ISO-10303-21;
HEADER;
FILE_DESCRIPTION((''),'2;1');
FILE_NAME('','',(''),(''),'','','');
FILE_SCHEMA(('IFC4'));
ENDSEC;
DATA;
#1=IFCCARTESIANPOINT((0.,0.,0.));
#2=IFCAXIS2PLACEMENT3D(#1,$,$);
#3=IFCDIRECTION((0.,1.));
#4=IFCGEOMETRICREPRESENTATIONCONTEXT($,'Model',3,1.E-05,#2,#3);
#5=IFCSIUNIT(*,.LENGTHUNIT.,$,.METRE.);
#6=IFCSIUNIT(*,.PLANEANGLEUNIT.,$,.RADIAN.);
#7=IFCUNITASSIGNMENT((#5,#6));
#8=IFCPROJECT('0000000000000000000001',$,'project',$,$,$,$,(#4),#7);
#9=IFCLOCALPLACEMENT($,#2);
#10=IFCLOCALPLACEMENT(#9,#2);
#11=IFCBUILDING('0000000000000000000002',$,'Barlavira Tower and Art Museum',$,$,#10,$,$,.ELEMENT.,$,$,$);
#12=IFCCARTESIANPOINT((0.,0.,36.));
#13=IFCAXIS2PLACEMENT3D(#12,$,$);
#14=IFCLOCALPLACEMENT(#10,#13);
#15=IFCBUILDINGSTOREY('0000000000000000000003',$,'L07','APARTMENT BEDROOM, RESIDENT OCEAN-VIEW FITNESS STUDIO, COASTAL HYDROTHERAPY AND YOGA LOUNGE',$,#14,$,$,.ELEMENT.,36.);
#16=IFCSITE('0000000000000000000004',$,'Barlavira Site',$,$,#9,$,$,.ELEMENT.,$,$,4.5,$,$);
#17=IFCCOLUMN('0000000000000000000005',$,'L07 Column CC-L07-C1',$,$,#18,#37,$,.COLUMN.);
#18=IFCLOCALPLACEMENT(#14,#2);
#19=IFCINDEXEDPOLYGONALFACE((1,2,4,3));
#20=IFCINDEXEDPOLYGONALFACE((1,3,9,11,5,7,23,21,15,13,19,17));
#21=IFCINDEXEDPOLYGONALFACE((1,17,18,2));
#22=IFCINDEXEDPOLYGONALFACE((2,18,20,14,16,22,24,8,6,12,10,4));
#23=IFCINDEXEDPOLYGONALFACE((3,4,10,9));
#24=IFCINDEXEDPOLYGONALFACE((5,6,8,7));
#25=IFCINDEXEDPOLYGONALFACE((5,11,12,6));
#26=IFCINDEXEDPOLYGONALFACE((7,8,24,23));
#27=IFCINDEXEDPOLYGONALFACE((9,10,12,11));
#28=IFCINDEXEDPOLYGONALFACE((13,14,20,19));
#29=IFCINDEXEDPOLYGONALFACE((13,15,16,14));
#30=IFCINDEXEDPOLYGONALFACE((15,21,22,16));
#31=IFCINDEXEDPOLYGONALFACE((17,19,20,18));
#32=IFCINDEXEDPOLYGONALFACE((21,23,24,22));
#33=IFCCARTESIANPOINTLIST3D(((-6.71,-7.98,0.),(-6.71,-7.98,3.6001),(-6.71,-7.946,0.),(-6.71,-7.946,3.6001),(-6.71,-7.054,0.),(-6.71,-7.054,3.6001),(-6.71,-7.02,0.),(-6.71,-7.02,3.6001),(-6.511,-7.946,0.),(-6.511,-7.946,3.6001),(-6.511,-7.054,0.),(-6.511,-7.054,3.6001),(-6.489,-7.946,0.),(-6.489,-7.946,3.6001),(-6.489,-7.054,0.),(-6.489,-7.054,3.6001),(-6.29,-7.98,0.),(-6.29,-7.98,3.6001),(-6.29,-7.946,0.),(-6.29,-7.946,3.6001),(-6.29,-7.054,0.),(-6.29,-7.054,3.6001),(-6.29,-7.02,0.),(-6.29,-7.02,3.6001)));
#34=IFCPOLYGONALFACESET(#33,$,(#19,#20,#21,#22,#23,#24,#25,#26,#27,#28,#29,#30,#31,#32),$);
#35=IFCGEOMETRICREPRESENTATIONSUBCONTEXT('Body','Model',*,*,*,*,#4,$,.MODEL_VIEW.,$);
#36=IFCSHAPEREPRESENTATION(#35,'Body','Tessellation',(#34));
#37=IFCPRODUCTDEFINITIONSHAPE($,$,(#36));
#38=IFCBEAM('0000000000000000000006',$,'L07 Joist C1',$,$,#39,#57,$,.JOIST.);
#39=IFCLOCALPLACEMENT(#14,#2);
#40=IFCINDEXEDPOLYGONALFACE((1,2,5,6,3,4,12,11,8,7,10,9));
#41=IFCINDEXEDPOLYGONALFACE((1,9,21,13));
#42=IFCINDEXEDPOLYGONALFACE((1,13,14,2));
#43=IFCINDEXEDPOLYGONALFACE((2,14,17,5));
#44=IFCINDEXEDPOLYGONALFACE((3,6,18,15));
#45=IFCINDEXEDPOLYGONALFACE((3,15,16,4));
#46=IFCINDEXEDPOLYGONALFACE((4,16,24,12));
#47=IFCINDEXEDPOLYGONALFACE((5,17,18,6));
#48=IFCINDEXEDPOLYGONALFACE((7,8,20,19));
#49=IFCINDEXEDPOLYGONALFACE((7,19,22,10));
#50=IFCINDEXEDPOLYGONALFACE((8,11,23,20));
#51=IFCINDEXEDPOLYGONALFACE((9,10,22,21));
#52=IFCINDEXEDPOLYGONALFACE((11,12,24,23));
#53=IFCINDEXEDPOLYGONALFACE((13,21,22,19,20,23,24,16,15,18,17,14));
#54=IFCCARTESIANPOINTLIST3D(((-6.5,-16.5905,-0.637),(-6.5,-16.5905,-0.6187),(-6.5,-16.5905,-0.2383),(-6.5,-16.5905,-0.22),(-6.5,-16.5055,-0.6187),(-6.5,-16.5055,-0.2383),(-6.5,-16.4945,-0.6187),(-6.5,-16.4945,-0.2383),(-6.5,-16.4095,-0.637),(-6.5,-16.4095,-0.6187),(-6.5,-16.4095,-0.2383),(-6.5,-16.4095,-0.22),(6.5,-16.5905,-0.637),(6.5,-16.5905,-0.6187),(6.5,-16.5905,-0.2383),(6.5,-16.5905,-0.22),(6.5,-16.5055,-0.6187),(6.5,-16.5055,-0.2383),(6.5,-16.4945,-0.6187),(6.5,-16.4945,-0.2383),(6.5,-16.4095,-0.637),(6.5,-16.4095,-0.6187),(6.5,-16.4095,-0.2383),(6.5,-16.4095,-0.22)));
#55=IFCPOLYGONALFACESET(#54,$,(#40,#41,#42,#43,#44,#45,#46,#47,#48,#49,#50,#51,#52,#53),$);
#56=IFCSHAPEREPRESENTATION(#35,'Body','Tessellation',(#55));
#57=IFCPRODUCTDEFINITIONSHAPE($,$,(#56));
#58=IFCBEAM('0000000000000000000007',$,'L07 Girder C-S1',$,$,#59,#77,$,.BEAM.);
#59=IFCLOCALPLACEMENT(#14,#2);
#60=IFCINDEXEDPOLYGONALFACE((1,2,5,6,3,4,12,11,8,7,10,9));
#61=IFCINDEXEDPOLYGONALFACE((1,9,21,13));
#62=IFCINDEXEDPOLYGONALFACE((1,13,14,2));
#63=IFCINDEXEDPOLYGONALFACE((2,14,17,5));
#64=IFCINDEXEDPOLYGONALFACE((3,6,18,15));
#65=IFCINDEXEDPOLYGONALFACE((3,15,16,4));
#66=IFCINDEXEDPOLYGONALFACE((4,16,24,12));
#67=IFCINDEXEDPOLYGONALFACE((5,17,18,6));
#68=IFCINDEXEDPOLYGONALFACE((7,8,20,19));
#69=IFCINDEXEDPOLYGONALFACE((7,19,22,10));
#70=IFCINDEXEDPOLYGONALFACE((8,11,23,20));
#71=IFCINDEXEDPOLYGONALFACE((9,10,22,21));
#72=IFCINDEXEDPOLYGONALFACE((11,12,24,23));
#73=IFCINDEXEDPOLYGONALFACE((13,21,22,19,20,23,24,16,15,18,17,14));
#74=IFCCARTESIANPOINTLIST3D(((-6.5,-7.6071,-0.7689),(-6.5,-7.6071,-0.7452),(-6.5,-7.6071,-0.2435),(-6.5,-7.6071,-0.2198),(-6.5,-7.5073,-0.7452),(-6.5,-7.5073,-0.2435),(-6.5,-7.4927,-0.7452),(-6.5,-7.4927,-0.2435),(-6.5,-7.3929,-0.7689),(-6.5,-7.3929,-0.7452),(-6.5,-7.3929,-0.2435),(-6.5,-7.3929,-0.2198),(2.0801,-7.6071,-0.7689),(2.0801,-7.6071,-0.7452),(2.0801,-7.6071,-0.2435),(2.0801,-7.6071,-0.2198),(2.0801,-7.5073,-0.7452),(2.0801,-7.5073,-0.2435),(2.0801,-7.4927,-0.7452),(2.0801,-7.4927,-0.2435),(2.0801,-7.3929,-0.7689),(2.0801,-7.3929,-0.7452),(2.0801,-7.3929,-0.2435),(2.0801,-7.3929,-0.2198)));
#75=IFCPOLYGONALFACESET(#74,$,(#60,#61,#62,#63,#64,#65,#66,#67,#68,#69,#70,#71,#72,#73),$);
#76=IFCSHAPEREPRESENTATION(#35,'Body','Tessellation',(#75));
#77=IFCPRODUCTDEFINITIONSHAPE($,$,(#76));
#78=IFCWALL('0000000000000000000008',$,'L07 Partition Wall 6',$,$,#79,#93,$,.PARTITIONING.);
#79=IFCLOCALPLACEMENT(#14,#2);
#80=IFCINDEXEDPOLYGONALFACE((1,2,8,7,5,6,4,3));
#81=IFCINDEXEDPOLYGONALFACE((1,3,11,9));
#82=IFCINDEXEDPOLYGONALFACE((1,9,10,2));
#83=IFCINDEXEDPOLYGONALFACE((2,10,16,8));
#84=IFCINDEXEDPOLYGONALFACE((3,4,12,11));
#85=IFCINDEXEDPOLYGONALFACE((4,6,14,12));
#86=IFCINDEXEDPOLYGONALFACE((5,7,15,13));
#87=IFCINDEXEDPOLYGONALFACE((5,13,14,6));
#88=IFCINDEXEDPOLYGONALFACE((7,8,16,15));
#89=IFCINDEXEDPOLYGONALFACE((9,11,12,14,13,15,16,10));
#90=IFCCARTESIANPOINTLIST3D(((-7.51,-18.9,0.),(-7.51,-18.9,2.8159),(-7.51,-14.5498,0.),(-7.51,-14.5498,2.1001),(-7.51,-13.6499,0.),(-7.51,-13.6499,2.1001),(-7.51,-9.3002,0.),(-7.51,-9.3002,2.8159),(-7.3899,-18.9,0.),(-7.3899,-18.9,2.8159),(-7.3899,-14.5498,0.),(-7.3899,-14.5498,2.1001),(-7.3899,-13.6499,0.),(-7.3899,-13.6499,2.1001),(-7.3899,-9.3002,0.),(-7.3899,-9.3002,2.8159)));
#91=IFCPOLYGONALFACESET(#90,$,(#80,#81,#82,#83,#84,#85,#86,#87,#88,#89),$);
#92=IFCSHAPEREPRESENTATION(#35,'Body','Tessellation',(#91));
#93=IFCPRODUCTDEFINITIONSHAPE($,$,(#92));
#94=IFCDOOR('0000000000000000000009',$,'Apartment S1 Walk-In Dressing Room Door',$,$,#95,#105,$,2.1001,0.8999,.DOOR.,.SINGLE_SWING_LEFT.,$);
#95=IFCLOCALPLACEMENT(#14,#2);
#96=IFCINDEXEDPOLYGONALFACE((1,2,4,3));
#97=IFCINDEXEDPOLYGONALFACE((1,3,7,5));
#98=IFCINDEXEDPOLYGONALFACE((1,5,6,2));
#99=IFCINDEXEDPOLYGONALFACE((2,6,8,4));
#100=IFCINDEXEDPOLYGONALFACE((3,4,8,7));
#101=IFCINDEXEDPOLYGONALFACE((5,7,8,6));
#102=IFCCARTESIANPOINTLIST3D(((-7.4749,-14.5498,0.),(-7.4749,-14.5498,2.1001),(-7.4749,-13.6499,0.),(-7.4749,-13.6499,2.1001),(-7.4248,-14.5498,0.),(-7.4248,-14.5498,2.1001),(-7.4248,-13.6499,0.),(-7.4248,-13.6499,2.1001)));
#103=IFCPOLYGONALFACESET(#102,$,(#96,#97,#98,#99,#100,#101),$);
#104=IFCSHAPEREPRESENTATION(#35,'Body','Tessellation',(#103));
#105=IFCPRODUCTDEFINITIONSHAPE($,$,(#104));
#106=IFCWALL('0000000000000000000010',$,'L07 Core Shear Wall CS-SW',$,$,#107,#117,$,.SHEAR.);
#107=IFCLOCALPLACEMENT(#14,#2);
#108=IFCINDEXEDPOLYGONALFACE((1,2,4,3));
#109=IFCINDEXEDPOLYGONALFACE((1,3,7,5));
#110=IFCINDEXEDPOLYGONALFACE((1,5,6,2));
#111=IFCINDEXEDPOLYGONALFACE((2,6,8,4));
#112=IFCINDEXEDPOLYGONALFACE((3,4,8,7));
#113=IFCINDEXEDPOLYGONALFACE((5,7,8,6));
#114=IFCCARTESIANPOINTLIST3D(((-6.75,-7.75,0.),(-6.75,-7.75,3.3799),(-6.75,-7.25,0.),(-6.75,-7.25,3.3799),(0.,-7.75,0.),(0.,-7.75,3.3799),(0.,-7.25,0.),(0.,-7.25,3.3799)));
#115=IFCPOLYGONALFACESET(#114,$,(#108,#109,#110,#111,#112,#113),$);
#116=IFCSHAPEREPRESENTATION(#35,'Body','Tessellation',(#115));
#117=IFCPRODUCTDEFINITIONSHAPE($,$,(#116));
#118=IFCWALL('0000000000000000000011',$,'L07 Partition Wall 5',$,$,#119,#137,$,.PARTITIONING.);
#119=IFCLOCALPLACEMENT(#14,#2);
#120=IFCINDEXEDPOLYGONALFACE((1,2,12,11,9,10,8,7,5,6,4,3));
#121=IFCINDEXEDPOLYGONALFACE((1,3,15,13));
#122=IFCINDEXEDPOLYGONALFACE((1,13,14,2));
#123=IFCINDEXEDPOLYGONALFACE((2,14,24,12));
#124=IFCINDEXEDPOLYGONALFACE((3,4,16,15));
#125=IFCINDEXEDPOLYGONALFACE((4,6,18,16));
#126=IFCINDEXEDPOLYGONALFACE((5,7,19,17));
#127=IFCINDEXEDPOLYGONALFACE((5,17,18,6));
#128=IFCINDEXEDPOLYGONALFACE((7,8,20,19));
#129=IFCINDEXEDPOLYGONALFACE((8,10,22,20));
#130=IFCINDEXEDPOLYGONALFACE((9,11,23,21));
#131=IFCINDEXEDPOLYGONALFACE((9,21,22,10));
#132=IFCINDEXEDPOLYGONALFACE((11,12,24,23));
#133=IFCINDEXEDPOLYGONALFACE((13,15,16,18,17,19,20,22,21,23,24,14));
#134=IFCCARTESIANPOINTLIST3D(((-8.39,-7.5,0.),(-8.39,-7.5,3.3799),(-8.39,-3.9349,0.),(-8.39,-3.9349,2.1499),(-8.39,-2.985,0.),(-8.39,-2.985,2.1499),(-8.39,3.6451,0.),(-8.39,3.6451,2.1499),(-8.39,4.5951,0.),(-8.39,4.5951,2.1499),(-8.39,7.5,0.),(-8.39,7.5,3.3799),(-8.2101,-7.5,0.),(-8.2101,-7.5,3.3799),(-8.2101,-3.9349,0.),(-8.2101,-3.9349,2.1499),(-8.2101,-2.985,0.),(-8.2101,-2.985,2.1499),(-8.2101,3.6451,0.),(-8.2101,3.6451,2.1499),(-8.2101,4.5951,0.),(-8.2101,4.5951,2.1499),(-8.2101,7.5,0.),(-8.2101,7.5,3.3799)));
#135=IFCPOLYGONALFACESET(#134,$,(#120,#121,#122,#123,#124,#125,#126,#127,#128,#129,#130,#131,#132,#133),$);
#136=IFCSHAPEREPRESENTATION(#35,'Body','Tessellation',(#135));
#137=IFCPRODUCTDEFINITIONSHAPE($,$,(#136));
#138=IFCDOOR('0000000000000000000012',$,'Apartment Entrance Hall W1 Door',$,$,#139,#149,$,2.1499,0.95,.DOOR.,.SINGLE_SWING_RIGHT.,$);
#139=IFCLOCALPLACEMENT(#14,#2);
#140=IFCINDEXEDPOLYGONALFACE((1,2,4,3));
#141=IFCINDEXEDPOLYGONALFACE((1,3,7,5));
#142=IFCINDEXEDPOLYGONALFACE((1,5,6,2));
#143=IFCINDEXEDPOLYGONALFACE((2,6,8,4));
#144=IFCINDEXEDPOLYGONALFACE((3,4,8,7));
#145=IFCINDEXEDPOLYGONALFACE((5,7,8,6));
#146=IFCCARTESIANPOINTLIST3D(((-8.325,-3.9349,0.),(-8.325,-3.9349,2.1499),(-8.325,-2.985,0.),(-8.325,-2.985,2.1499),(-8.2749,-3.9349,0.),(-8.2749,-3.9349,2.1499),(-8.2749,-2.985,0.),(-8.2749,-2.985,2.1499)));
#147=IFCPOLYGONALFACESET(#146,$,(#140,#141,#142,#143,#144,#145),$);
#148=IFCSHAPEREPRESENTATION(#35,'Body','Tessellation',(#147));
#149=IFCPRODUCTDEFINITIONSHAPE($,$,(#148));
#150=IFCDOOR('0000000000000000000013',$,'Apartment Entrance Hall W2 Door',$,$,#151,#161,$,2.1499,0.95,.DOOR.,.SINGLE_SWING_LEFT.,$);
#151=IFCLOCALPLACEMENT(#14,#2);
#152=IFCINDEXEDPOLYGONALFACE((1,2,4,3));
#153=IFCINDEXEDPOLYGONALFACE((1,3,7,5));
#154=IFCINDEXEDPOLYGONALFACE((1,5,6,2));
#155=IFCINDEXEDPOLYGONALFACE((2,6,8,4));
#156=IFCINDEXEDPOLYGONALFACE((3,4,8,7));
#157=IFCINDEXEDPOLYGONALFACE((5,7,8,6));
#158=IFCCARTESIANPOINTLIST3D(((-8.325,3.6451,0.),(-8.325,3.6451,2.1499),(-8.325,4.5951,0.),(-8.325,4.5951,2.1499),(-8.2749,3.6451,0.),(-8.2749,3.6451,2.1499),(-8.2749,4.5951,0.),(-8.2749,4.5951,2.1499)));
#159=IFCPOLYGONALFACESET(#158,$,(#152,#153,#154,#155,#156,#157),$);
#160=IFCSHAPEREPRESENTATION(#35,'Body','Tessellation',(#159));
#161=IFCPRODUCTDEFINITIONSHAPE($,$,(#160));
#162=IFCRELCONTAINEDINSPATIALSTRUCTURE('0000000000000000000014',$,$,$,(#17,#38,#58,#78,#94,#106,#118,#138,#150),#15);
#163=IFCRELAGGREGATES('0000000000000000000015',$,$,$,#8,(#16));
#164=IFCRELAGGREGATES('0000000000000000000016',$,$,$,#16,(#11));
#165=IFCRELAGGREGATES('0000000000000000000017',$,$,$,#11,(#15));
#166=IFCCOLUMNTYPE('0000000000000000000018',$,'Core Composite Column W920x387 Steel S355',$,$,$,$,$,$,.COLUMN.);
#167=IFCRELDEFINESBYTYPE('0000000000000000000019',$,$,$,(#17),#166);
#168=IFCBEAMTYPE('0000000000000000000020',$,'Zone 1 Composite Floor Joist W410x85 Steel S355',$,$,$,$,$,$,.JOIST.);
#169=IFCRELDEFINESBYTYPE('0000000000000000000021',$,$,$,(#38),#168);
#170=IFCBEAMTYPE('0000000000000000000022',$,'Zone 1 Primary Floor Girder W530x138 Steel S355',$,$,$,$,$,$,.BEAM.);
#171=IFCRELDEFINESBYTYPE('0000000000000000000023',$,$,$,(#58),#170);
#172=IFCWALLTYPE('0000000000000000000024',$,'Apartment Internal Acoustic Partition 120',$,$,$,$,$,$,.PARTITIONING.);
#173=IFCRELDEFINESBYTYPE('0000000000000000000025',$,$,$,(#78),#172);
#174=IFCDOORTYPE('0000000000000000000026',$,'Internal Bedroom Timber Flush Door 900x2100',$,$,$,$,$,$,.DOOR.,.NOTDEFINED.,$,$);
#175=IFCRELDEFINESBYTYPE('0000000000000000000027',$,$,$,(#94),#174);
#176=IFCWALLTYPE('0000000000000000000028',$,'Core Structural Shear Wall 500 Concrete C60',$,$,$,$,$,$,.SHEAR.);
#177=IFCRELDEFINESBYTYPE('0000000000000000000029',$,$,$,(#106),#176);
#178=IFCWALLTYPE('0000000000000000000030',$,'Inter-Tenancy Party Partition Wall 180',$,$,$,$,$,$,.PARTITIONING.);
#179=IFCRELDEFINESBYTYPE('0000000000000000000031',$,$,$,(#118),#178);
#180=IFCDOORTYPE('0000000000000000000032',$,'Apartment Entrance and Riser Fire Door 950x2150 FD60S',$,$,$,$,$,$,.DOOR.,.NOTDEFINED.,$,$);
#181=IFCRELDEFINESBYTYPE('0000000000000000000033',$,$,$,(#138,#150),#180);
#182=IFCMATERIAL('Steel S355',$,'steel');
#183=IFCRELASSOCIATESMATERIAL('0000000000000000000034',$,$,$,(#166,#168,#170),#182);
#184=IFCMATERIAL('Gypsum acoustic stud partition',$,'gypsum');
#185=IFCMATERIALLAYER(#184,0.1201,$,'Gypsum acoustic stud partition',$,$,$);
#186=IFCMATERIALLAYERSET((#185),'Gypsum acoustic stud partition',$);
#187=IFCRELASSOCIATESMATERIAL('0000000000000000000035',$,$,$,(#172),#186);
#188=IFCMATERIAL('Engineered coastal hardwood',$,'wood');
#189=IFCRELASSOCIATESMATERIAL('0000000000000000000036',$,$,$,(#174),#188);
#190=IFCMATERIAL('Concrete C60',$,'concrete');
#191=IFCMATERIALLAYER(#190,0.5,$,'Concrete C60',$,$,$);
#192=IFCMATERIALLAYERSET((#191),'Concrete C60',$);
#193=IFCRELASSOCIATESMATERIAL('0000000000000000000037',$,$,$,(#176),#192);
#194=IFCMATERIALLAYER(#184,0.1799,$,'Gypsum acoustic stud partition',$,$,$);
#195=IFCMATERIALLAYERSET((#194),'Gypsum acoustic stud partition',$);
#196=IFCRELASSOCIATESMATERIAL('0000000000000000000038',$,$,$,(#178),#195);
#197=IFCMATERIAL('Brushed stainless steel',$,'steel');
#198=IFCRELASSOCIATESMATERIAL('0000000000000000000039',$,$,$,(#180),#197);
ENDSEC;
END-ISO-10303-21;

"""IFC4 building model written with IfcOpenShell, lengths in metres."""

from ifc_helpers import new_model, si_unit, direction, frame, frame_2d, origin, origin_2d, place, context, subcontext, project, spatial, rectangle, i_section, extrude, material, layer, layer_set, material_profile, profile_set, type_object, element, fill, save


model = new_model("IFC4")

# Units and contexts
model_context = context("Model", 3, precision=1e-05, world=origin(), true_north=direction((0.0, 1.0)))
body_context = subcontext(model_context, "Body", "Model", "MODEL_VIEW")
ifc_project = project(units=[si_unit("LENGTHUNIT", "METRE"), si_unit("PLANEANGLEUNIT", "RADIAN")], contexts=[model_context])

# Site, building, storey
site_placement = place(None, origin())
site = spatial("IfcSite", under=ifc_project, at=site_placement, Name="Barlavira Site", CompositionType="ELEMENT", RefElevation=4.5)
building_placement = place(site_placement, origin())
building = spatial("IfcBuilding", under=site, at=building_placement, Name="Barlavira Tower and Art Museum", CompositionType="ELEMENT")
storey_placement = place(building_placement, frame((0.0, 0.0, 36.0)))
storey = spatial("IfcBuildingStorey", under=building, at=storey_placement, Name="L07", Description="APARTMENT BEDROOM, RESIDENT OCEAN-VIEW FITNESS STUDIO, COASTAL HYDROTHERAPY AND YOGA LOUNGE", CompositionType="ELEMENT", Elevation=36.0)

# Column
ifc_material_1 = material(Name="Steel S355", Category="steel")
ifc_material_profile_1 = material_profile(ifc_material_1, i_section(OverallWidth=0.4199, OverallDepth=0.96, WebThickness=0.022, FlangeThickness=0.0339, at=origin_2d()), Name="W920x387.0")
ifc_profile_set_1 = profile_set([ifc_material_profile_1], Name="Steel S355")
column_type = type_object("IfcColumnType", Name="Core Composite Column W920x387 Steel S355", PredefinedType="COLUMN", material=ifc_profile_set_1)
column_placement = place(storey_placement, frame((-6.5, -7.5, 0.0), z_axis=(0.0, 0.0, 1.0), x_axis=(1.0, 0.0, 0.0)))
element("IfcColumn", 1, at=column_placement, inside=storey, type_object=column_type, Name="L07 Column CC-L07-C1", PredefinedType="COLUMN", context=body_context, shape_type="SweptSolid", body=[
    extrude(i_section(OverallWidth=0.4199, OverallDepth=0.96, WebThickness=0.022, FlangeThickness=0.0339, at=origin_2d()), origin(), (0.0, 0.0, 1.0), 3.6001),
])

# Beams
ifc_material_profile_2 = material_profile(ifc_material_1, i_section(OverallWidth=0.1809, OverallDepth=0.417, WebThickness=0.011, FlangeThickness=0.0183, at=origin_2d()), Name="W410x85.0")
ifc_profile_set_2 = profile_set([ifc_material_profile_2], Name="Steel S355")
beam_type_1 = type_object("IfcBeamType", Name="Zone 1 Composite Floor Joist W410x85 Steel S355", PredefinedType="JOIST", material=ifc_profile_set_2)
beam_1_placement = place(storey_placement, frame((-6.5, -16.5, -0.4285), z_axis=(1.0, 0.0, 0.0), x_axis=(0.0, 1.0, 0.0)))
element("IfcBeam", 2, at=beam_1_placement, inside=storey, type_object=beam_type_1, Name="L07 Joist C1", PredefinedType="JOIST", context=body_context, shape_type="SweptSolid", body=[
    extrude(i_section(OverallWidth=0.1809, OverallDepth=0.417, WebThickness=0.011, FlangeThickness=0.0183, at=origin_2d()), origin(), (0.0, 0.0, 1.0), 13.0),
])
ifc_material_profile_3 = material_profile(ifc_material_1, i_section(OverallWidth=0.2141, OverallDepth=0.5491, WebThickness=0.0146, FlangeThickness=0.0237, at=origin_2d()), Name="W530x138.0")
ifc_profile_set_3 = profile_set([ifc_material_profile_3], Name="Steel S355")
beam_type_2 = type_object("IfcBeamType", Name="Zone 1 Primary Floor Girder W530x138 Steel S355", PredefinedType="BEAM", material=ifc_profile_set_3)
beam_2_placement = place(storey_placement, frame((-6.5, -7.5, -0.4944), z_axis=(1.0, 0.0, 0.0), x_axis=(0.0, 1.0, 0.0)))
element("IfcBeam", 3, at=beam_2_placement, inside=storey, type_object=beam_type_2, Name="L07 Girder C-S1", PredefinedType="BEAM", context=body_context, shape_type="SweptSolid", body=[
    extrude(i_section(OverallWidth=0.2141, OverallDepth=0.5491, WebThickness=0.0146, FlangeThickness=0.0237, at=origin_2d()), origin(), (0.0, 0.0, 1.0), 8.5801),
])

# Wall, opening, door
ifc_material_2 = material(Name="Gypsum acoustic stud partition", Category="gypsum")
ifc_layer_1 = layer(ifc_material_2, 0.1201, Name="Gypsum acoustic stud partition")
ifc_layer_set_1 = layer_set([ifc_layer_1], Name="Gypsum acoustic stud partition")
wall_type_1 = type_object("IfcWallType", Name="Apartment Internal Acoustic Partition 120", PredefinedType="PARTITIONING", material=ifc_layer_set_1)
wall_1_placement = place(storey_placement, frame((-7.45, -18.8999, 0.0), z_axis=(0.0, 0.0, 1.0), x_axis=(0.0, 1.0, 0.0)))
wall_1 = element("IfcWall", 4, at=wall_1_placement, inside=storey, type_object=wall_type_1, Name="L07 Partition Wall 6", PredefinedType="PARTITIONING", context=body_context, shape_type="SweptSolid", body=[
    extrude(rectangle(XDim=9.5999, YDim=0.1201, at=frame_2d((4.7998, 0.0))), origin(), (0.0, 0.0, 1.0), 2.8159),
])
opening_1_placement = place(wall_1_placement, frame((4.3501, 0.0, 0.0)))
opening_1 = element("IfcOpeningElement", 5, at=opening_1_placement, cuts=wall_1, PredefinedType="OPENING", context=body_context, shape_type="SweptSolid", body=[
    extrude(rectangle(XDim=0.8999, YDim=2.1001, at=frame_2d((0.45, 1.05))), frame((0.0, 0.0701, 0.0), z_axis=(0.0, -1.0, 0.0), x_axis=(1.0, 0.0, 0.0)), (0.0, 0.0, 1.0), 0.1401),
])
ifc_material_3 = material(Name="Engineered coastal hardwood", Category="wood")
door_type_1 = type_object("IfcDoorType", Name="Internal Bedroom Timber Flush Door 900x2100", OperationType="NOTDEFINED", PredefinedType="DOOR", material=ifc_material_3)
door_1_placement = place(opening_1_placement, origin())
door_1 = element("IfcDoor", 6, at=door_1_placement, inside=storey, type_object=door_type_1, Name="Apartment S1 Walk-In Dressing Room Door", OperationType="SINGLE_SWING_LEFT", OverallHeight=2.1001, OverallWidth=0.8999, PredefinedType="DOOR", context=body_context, shape_type="SweptSolid", body=[
    extrude(rectangle(XDim=0.8999, YDim=2.1001, at=frame_2d((0.45, 1.05))), frame((0.0, 0.0249, 0.0), z_axis=(0.0, -1.0, 0.0), x_axis=(1.0, 0.0, 0.0)), (0.0, 0.0, 1.0), 0.05),
])
fill(opening_1, door_1)

# Wall
ifc_material_4 = material(Name="Concrete C60", Category="concrete")
ifc_layer_2 = layer(ifc_material_4, 0.5, Name="Concrete C60")
ifc_layer_set_2 = layer_set([ifc_layer_2], Name="Concrete C60")
wall_type_2 = type_object("IfcWallType", Name="Core Structural Shear Wall 500 Concrete C60", PredefinedType="SHEAR", material=ifc_layer_set_2)
wall_2_placement = place(storey_placement, frame((-6.75, -7.5, 0.0), z_axis=(0.0, 0.0, 1.0), x_axis=(1.0, 0.0, 0.0)))
element("IfcWall", 7, at=wall_2_placement, inside=storey, type_object=wall_type_2, Name="L07 Core Shear Wall CS-SW", PredefinedType="SHEAR", context=body_context, shape_type="SweptSolid", body=[
    extrude(rectangle(XDim=6.75, YDim=0.5, at=frame_2d((3.375, 0.0))), origin(), (0.0, 0.0, 1.0), 3.3799),
])

# Wall, openings, doors
ifc_layer_3 = layer(ifc_material_2, 0.1799, Name="Gypsum acoustic stud partition")
ifc_layer_set_3 = layer_set([ifc_layer_3], Name="Gypsum acoustic stud partition")
wall_type_3 = type_object("IfcWallType", Name="Inter-Tenancy Party Partition Wall 180", PredefinedType="PARTITIONING", material=ifc_layer_set_3)
wall_3_placement = place(storey_placement, frame((-8.3, -7.5, 0.0), z_axis=(0.0, 0.0, 1.0), x_axis=(0.0, 1.0, 0.0)))
wall_3 = element("IfcWall", 8, at=wall_3_placement, inside=storey, type_object=wall_type_3, Name="L07 Partition Wall 5", PredefinedType="PARTITIONING", context=body_context, shape_type="SweptSolid", body=[
    extrude(rectangle(XDim=15.0, YDim=0.1799, at=frame_2d((7.5, 0.0))), origin(), (0.0, 0.0, 1.0), 3.3799),
])
opening_2_placement = place(wall_3_placement, frame((3.5649, 0.0, 0.0)))
opening_2 = element("IfcOpeningElement", 9, at=opening_2_placement, cuts=wall_3, PredefinedType="OPENING", context=body_context, shape_type="SweptSolid", body=[
    extrude(rectangle(XDim=0.95, YDim=2.1499, at=frame_2d((0.4751, 1.075))), frame((0.0, 0.1001, 0.0), z_axis=(0.0, -1.0, 0.0), x_axis=(1.0, 0.0, 0.0)), (0.0, 0.0, 1.0), 0.2),
])
opening_3_placement = place(wall_3_placement, frame((11.145, 0.0, 0.0)))
opening_3 = element("IfcOpeningElement", 10, at=opening_3_placement, cuts=wall_3, PredefinedType="OPENING", context=body_context, shape_type="SweptSolid", body=[
    extrude(rectangle(XDim=0.95, YDim=2.1499, at=frame_2d((0.4751, 1.075))), frame((0.0, 0.1001, 0.0), z_axis=(0.0, -1.0, 0.0), x_axis=(1.0, 0.0, 0.0)), (0.0, 0.0, 1.0), 0.2),
])
ifc_material_5 = material(Name="Brushed stainless steel", Category="steel")
door_type_2 = type_object("IfcDoorType", Name="Apartment Entrance and Riser Fire Door 950x2150 FD60S", OperationType="NOTDEFINED", PredefinedType="DOOR", material=ifc_material_5)
door_2_placement = place(opening_2_placement, origin())
door_2 = element("IfcDoor", 11, at=door_2_placement, inside=storey, type_object=door_type_2, Name="Apartment Entrance Hall W1 Door", OperationType="SINGLE_SWING_RIGHT", OverallHeight=2.1499, OverallWidth=0.95, PredefinedType="DOOR", context=body_context, shape_type="SweptSolid", body=[
    extrude(rectangle(XDim=0.95, YDim=2.1499, at=frame_2d((0.4751, 1.075))), frame((0.0, 0.0249, 0.0), z_axis=(0.0, -1.0, 0.0), x_axis=(1.0, 0.0, 0.0)), (0.0, 0.0, 1.0), 0.05),
])
fill(opening_2, door_2)
door_3_placement = place(opening_3_placement, origin())
door_3 = element("IfcDoor", 12, at=door_3_placement, inside=storey, type_object=door_type_2, Name="Apartment Entrance Hall W2 Door", OperationType="SINGLE_SWING_LEFT", OverallHeight=2.1499, OverallWidth=0.95, PredefinedType="DOOR", context=body_context, shape_type="SweptSolid", body=[
    extrude(rectangle(XDim=0.95, YDim=2.1499, at=frame_2d((0.4751, 1.075))), frame((0.0, 0.0249, 0.0), z_axis=(0.0, -1.0, 0.0), x_axis=(1.0, 0.0, 0.0)), (0.0, 0.0, 1.0), 0.05),
])
fill(opening_3, door_3)

save(model, "model.ifc")
